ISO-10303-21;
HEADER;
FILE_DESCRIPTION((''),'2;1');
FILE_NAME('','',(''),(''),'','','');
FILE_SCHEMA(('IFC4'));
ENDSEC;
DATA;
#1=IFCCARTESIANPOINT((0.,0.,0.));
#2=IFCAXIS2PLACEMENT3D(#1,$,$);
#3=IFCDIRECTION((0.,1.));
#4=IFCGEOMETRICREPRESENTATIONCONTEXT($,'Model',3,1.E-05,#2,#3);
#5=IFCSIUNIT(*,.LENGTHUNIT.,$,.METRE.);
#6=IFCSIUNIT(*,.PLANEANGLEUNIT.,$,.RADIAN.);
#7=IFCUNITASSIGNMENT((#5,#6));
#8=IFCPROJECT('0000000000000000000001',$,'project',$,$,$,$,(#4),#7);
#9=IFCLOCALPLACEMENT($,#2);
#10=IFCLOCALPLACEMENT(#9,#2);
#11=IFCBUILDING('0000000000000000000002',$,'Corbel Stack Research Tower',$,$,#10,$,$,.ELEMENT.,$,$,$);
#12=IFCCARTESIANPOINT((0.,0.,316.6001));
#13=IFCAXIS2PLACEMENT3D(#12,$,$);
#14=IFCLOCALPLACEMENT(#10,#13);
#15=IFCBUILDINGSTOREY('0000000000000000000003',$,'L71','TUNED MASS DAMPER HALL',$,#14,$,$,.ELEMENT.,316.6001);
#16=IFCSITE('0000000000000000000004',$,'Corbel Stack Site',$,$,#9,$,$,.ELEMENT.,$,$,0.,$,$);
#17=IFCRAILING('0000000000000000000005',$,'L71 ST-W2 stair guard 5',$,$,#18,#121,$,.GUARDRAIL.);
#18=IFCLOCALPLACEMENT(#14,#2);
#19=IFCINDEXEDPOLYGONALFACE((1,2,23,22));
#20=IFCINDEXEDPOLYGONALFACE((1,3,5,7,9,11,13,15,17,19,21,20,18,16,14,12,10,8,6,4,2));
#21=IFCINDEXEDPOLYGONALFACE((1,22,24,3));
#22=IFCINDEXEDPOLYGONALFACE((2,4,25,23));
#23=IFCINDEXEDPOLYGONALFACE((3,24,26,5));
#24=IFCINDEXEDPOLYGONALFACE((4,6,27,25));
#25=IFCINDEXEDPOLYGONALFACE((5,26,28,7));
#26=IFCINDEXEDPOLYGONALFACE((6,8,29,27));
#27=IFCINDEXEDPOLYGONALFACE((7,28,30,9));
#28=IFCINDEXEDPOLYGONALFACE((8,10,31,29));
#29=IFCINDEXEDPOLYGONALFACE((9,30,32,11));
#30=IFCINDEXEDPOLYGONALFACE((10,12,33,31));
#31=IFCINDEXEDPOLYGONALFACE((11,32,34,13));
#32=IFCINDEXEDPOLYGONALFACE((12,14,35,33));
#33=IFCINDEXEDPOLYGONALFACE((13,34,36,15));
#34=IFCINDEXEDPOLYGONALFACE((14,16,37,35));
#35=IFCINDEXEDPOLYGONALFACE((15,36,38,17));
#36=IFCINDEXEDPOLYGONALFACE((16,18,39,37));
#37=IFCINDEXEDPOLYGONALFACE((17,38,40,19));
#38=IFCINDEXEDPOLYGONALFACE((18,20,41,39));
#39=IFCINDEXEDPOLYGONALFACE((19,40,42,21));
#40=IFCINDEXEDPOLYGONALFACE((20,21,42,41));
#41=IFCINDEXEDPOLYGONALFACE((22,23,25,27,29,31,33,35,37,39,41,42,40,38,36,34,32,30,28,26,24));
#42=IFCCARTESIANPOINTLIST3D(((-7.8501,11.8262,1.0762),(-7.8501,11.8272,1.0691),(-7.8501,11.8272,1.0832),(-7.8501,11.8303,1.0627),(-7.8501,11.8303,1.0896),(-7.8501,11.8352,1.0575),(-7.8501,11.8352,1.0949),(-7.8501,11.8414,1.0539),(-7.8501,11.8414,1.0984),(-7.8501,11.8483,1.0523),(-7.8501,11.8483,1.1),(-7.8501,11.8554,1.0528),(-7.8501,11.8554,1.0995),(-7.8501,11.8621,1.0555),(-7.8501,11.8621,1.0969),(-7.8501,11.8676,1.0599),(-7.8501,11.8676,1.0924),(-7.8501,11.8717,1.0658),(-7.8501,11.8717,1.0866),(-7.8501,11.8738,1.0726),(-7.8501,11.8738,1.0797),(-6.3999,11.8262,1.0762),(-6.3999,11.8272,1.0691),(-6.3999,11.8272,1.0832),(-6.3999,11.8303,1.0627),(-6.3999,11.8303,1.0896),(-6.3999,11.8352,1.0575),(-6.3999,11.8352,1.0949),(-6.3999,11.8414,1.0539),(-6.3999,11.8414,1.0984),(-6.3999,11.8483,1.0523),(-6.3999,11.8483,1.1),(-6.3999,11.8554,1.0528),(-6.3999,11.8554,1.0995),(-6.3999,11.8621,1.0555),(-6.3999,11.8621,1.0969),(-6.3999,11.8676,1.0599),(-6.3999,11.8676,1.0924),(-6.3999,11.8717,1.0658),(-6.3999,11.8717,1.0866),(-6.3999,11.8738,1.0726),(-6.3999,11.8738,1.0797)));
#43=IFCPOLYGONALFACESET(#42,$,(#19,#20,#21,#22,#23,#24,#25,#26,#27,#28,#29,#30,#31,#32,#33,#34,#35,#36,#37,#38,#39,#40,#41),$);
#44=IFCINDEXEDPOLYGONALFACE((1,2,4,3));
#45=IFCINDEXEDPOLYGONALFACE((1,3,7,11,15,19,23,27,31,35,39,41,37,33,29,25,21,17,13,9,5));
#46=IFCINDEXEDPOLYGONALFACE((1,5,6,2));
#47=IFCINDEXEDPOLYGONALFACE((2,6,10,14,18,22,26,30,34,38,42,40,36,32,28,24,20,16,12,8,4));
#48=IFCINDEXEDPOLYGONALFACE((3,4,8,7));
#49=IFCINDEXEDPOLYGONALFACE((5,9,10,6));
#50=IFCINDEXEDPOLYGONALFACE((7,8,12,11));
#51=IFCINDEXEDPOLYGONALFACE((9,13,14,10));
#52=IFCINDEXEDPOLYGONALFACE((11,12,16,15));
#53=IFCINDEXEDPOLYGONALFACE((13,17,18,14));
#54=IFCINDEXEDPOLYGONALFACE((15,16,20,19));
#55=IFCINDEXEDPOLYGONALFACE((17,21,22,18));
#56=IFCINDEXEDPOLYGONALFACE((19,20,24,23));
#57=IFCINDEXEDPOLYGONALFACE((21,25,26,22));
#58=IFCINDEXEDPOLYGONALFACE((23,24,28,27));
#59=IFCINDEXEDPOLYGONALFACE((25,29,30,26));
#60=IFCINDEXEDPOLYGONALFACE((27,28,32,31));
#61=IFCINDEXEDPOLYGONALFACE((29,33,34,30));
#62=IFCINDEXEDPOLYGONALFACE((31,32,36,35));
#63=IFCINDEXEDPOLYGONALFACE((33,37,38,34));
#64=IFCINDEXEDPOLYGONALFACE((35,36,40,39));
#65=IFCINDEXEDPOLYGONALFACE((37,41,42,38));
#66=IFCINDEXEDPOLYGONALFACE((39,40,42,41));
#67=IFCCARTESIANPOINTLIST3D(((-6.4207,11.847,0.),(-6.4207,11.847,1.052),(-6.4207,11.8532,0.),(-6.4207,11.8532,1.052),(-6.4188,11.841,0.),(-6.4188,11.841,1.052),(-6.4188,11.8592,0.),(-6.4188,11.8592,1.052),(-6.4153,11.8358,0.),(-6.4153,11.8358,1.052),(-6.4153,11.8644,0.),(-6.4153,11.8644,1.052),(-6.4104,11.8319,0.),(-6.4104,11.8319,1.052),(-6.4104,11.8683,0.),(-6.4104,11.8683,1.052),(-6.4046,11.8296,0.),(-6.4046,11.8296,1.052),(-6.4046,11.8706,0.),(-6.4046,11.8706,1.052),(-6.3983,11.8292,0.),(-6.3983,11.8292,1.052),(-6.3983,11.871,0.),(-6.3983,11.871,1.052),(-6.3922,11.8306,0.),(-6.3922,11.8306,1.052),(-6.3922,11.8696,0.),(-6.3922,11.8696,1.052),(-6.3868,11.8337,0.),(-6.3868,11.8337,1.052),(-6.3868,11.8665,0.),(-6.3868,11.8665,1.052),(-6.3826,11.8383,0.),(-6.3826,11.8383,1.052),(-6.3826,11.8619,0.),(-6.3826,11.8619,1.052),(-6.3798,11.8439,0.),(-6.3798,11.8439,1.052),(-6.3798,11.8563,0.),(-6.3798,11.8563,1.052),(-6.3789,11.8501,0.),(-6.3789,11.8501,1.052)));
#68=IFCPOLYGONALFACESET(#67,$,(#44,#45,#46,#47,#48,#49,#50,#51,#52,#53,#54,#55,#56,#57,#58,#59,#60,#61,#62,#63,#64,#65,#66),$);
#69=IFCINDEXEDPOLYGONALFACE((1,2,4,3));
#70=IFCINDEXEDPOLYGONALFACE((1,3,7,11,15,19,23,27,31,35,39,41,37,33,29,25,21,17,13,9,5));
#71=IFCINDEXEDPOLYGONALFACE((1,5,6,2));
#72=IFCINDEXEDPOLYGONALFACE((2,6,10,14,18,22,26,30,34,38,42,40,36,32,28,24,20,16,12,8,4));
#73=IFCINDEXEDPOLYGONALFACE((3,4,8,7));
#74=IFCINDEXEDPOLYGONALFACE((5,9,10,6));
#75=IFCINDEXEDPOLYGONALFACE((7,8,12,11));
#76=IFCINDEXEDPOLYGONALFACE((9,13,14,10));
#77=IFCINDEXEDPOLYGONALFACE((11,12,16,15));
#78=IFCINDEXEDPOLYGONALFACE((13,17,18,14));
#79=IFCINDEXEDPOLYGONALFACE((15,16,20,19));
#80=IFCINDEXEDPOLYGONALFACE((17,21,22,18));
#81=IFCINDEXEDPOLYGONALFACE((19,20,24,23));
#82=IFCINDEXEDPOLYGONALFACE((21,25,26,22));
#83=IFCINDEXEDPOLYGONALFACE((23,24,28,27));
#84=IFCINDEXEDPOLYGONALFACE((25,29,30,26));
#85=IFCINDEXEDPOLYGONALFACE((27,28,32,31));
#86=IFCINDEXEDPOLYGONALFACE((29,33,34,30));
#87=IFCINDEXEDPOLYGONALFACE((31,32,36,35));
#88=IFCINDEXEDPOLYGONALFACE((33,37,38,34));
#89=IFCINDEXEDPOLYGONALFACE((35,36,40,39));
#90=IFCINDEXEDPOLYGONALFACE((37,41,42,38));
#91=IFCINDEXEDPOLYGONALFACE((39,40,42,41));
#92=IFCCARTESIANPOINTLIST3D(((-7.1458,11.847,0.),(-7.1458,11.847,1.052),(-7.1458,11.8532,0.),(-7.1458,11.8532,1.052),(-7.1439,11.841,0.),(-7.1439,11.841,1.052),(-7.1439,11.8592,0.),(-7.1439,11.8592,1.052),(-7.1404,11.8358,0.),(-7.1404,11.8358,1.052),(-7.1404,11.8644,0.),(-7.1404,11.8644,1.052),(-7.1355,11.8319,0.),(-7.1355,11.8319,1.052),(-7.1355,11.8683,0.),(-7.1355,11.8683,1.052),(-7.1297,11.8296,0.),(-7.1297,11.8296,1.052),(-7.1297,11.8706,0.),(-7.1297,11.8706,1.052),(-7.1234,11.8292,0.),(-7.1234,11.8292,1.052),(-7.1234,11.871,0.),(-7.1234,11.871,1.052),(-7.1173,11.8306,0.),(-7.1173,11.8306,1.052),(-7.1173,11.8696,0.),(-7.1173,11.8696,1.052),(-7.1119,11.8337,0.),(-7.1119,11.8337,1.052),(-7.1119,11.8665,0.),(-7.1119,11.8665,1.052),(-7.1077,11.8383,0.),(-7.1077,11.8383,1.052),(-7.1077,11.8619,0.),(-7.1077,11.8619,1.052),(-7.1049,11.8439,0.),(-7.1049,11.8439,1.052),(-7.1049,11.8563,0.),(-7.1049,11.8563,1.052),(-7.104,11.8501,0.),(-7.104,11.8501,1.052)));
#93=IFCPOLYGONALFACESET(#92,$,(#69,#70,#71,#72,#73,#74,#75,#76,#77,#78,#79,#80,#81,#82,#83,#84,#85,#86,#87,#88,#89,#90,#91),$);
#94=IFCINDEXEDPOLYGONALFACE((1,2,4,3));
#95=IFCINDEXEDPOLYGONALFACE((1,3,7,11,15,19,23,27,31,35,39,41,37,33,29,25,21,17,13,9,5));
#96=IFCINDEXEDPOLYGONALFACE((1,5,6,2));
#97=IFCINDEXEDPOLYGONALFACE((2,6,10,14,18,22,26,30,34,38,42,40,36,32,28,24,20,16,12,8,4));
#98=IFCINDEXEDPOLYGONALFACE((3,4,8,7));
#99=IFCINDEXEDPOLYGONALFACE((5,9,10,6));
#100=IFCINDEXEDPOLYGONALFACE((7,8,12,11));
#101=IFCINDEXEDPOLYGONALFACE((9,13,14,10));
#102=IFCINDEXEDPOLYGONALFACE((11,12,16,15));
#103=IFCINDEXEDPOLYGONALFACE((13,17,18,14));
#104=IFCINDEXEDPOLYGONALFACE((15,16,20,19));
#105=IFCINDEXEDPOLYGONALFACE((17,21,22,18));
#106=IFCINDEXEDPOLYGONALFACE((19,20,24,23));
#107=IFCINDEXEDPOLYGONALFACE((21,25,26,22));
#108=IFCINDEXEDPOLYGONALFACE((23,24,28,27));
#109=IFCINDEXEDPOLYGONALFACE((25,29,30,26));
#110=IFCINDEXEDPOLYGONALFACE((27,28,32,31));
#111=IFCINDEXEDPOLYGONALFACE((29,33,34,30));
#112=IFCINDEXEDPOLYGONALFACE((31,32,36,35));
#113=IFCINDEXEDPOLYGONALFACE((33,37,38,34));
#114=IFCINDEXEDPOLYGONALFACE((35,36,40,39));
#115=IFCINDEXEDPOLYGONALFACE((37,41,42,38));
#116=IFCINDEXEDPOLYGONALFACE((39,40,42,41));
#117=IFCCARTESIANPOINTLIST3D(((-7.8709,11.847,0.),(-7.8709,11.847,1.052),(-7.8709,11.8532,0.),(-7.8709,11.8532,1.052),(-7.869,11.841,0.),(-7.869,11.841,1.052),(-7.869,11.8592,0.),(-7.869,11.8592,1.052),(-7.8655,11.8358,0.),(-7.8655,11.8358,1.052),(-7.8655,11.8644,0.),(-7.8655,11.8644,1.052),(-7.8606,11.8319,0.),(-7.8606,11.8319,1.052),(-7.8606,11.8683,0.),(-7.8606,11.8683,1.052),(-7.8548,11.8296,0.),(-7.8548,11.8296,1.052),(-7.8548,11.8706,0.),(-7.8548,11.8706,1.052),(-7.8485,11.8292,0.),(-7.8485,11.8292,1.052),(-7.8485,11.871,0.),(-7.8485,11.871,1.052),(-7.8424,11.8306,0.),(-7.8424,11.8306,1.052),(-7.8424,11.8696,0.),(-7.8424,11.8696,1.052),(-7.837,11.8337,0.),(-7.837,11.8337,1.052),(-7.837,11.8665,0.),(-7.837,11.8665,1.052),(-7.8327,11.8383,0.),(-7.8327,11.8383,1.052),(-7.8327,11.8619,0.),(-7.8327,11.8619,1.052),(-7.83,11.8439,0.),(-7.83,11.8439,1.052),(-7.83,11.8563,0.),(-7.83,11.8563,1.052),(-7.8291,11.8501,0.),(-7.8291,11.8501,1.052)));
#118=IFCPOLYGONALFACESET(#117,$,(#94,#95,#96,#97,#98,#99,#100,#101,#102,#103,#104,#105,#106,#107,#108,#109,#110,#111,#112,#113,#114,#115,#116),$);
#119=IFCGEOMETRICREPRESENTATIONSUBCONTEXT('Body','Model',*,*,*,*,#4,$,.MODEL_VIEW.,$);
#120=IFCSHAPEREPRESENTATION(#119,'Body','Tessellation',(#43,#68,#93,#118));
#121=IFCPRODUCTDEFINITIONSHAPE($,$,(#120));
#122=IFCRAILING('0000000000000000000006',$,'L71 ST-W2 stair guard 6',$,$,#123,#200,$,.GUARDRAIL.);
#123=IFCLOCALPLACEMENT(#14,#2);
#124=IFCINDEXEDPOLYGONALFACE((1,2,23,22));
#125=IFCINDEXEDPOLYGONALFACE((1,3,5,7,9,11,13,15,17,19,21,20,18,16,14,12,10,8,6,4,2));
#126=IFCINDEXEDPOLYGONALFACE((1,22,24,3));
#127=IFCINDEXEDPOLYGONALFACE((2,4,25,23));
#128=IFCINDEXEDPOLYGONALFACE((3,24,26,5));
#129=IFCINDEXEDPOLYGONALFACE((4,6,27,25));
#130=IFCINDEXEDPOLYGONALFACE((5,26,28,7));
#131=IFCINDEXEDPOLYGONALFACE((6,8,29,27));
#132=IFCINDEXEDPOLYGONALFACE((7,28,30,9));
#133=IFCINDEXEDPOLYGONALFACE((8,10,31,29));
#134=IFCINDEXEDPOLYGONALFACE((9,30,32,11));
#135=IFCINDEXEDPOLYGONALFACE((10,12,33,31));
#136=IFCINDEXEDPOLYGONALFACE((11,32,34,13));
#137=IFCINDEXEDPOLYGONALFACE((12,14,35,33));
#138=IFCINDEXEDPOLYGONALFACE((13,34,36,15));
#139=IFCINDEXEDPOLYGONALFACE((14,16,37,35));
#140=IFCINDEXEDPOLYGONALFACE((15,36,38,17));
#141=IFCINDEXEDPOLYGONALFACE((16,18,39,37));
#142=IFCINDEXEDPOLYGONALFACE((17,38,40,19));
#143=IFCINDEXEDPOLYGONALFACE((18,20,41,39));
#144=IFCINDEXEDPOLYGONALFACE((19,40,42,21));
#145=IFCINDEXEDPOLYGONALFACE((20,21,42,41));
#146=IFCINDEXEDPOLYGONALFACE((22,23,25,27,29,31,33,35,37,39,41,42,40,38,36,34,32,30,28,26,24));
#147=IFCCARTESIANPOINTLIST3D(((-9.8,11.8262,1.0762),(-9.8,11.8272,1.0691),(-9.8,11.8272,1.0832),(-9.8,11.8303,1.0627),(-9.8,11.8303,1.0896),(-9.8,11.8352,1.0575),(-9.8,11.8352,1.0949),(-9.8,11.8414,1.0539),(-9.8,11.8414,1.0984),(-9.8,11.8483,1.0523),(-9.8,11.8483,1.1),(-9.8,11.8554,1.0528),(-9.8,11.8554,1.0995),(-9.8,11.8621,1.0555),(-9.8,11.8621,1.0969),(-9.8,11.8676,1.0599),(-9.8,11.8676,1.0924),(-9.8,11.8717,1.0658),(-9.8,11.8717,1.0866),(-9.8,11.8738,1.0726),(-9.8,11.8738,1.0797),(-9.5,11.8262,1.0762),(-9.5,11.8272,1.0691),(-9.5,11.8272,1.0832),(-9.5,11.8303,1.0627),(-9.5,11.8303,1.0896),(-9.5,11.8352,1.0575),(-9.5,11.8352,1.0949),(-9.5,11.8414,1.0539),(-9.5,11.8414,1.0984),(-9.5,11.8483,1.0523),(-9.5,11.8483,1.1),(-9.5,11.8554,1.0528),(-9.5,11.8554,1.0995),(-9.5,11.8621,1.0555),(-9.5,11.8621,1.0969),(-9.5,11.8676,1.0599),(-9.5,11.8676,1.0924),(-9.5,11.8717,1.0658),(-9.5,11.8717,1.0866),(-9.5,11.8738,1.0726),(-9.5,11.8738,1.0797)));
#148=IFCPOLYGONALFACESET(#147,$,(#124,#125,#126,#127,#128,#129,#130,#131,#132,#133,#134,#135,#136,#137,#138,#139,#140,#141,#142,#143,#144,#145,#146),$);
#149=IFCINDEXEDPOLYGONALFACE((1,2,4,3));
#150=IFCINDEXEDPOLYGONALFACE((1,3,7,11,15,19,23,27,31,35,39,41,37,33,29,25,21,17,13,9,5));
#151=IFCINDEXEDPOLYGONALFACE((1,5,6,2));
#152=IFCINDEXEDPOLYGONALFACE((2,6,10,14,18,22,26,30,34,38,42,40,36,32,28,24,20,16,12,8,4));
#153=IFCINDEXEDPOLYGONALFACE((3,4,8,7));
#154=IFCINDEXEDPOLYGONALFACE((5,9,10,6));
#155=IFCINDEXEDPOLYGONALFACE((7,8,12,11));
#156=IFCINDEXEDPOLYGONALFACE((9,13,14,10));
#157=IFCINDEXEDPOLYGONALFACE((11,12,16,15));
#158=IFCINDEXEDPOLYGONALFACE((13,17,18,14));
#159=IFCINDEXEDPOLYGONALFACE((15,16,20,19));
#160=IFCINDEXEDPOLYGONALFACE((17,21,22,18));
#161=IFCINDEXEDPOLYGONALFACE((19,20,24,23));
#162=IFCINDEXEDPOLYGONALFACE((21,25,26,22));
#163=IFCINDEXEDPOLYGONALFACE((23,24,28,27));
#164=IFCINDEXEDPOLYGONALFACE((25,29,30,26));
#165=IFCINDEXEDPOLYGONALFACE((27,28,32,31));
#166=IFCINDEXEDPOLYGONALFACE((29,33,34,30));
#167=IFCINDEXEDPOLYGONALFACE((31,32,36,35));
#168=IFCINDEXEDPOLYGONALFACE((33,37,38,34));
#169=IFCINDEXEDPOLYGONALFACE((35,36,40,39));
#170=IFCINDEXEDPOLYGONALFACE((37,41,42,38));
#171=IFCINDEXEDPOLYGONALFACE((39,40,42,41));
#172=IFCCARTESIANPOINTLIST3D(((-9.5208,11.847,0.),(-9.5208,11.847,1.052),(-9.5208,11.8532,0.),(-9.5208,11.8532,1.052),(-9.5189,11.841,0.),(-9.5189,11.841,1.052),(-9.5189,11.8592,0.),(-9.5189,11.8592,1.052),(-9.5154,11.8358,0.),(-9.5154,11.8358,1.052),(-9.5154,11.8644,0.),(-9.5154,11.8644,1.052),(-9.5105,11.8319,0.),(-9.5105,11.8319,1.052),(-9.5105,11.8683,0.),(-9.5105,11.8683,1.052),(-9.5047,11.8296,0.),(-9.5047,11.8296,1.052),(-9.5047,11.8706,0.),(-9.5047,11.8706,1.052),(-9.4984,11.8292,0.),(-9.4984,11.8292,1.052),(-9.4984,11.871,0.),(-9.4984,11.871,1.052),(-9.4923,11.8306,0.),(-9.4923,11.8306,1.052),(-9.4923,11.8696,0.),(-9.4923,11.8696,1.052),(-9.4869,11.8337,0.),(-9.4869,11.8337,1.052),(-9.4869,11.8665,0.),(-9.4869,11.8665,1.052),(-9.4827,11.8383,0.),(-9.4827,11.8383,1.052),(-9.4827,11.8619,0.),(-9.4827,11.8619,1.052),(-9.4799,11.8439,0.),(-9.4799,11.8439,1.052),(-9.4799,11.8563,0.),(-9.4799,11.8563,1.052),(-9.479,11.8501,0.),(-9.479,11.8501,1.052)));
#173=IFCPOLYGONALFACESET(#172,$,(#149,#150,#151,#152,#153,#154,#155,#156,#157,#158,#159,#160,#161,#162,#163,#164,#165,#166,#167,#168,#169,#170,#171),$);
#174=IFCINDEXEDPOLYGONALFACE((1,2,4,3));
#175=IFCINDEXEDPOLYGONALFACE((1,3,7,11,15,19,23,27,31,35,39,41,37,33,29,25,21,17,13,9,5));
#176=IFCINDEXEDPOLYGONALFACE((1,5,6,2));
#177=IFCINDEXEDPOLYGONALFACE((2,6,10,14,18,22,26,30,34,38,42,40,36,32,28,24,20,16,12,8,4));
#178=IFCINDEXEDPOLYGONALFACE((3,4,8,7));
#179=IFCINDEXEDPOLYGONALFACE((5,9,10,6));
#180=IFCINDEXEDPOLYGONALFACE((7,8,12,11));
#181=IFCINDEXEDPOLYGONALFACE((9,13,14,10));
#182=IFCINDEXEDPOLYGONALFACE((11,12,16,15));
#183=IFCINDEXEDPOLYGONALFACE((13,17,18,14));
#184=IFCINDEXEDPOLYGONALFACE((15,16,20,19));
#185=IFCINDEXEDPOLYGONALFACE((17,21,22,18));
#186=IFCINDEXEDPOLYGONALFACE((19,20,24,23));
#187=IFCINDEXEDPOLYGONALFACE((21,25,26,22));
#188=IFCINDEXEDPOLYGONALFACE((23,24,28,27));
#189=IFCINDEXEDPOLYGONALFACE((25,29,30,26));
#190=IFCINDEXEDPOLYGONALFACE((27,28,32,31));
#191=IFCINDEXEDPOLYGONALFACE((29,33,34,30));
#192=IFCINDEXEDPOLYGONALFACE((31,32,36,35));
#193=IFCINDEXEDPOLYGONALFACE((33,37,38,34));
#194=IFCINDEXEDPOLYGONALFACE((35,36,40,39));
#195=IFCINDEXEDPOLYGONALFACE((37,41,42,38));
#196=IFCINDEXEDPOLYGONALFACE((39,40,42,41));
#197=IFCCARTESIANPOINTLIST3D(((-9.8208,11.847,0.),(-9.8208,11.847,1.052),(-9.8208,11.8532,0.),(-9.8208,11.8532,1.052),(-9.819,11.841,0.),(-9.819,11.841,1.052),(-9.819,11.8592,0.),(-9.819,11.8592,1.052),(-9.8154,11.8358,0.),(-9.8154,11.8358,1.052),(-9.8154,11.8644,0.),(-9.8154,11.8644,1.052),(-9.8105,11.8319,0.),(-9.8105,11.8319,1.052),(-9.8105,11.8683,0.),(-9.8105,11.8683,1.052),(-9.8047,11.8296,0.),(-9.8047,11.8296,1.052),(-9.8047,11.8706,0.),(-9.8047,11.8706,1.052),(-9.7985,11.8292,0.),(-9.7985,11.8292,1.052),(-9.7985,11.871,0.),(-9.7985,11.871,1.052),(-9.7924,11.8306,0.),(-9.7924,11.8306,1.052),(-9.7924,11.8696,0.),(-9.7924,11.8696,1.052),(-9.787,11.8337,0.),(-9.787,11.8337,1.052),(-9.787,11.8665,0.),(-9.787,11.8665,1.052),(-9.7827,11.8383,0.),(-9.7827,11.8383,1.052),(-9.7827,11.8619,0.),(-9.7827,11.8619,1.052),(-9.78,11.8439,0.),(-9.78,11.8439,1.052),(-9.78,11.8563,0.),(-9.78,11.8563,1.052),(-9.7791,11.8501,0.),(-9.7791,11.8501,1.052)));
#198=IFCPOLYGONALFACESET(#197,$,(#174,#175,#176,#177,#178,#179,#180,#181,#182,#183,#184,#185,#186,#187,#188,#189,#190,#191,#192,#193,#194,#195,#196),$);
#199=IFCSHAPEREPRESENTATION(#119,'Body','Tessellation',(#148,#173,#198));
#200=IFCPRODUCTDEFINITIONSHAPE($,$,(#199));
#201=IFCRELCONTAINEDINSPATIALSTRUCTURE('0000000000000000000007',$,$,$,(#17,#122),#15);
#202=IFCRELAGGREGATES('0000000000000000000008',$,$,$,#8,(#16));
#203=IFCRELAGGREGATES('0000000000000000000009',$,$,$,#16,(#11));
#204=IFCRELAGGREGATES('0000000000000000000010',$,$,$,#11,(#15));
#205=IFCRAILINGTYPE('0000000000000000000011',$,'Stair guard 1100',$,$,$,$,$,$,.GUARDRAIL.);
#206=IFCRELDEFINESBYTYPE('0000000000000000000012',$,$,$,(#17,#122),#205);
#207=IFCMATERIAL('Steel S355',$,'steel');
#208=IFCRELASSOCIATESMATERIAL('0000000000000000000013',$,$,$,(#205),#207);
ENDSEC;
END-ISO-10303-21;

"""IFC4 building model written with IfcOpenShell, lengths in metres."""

from ifc_helpers import new_model, si_unit, direction, frame, origin, origin_2d, place, context, subcontext, project, spatial, circle, extrude, material, type_object, element, save


model = new_model("IFC4")

# Units and contexts
model_context = context("Model", 3, precision=1e-05, world=origin(), true_north=direction((0.0, 1.0)))
body_context = subcontext(model_context, "Body", "Model", "MODEL_VIEW")
ifc_project = project(units=[si_unit("LENGTHUNIT", "METRE"), si_unit("PLANEANGLEUNIT", "RADIAN")], contexts=[model_context])

# Site, building, storey
site_placement = place(None, origin())
site = spatial("IfcSite", under=ifc_project, at=site_placement, Name="Corbel Stack Site", CompositionType="ELEMENT", RefElevation=0.0)
building_placement = place(site_placement, origin())
building = spatial("IfcBuilding", under=site, at=building_placement, Name="Corbel Stack Research Tower", CompositionType="ELEMENT")
storey_placement = place(building_placement, frame((0.0, 0.0, 316.6001)))
storey = spatial("IfcBuildingStorey", under=building, at=storey_placement, Name="L71", Description="TUNED MASS DAMPER HALL", CompositionType="ELEMENT", Elevation=316.6001)

# Railings
ifc_material_1 = material(Name="Steel S355", Category="steel")
railing_type_1 = type_object("IfcRailingType", Name="Stair guard 1100", PredefinedType="GUARDRAIL", material=ifc_material_1)
railing_1_placement = place(storey_placement, frame((-6.3999, 11.8501, 0.0)))
element("IfcRailing", 1, at=railing_1_placement, inside=storey, type_object=railing_type_1, Name="L71 ST-W2 stair guard 5", PredefinedType="GUARDRAIL", context=body_context, shape_type="SweptSolid", body=[
    extrude(circle(Radius=0.0239, at=origin_2d()), frame((0.0, 0.0, 1.0762), z_axis=(-1.0, 0.0, 0.0), x_axis=(0.0, -1.0, 0.0)), (0.0, 0.0, 1.0), 1.4502),
    extrude(circle(Radius=0.021, at=origin_2d()), origin(), (0.0, 0.0, 1.0), 1.052),
    extrude(circle(Radius=0.021, at=origin_2d()), frame((-0.7251, 0.0, 0.0)), (0.0, 0.0, 1.0), 1.052),
    extrude(circle(Radius=0.021, at=origin_2d()), frame((-1.4502, 0.0, 0.0)), (0.0, 0.0, 1.0), 1.052),
])
railing_2_placement = place(storey_placement, frame((-9.5, 11.8501, 0.0)))
element("IfcRailing", 2, at=railing_2_placement, inside=storey, type_object=railing_type_1, Name="L71 ST-W2 stair guard 6", PredefinedType="GUARDRAIL", context=body_context, shape_type="SweptSolid", body=[
    extrude(circle(Radius=0.0239, at=origin_2d()), frame((0.0, 0.0, 1.0762), z_axis=(-1.0, 0.0, 0.0), x_axis=(0.0, -1.0, 0.0)), (0.0, 0.0, 1.0), 0.3),
    extrude(circle(Radius=0.021, at=origin_2d()), origin(), (0.0, 0.0, 1.0), 1.052),
    extrude(circle(Radius=0.021, at=origin_2d()), frame((-0.3, 0.0, 0.0)), (0.0, 0.0, 1.0), 1.052),
])

save(model, "model.ifc")
